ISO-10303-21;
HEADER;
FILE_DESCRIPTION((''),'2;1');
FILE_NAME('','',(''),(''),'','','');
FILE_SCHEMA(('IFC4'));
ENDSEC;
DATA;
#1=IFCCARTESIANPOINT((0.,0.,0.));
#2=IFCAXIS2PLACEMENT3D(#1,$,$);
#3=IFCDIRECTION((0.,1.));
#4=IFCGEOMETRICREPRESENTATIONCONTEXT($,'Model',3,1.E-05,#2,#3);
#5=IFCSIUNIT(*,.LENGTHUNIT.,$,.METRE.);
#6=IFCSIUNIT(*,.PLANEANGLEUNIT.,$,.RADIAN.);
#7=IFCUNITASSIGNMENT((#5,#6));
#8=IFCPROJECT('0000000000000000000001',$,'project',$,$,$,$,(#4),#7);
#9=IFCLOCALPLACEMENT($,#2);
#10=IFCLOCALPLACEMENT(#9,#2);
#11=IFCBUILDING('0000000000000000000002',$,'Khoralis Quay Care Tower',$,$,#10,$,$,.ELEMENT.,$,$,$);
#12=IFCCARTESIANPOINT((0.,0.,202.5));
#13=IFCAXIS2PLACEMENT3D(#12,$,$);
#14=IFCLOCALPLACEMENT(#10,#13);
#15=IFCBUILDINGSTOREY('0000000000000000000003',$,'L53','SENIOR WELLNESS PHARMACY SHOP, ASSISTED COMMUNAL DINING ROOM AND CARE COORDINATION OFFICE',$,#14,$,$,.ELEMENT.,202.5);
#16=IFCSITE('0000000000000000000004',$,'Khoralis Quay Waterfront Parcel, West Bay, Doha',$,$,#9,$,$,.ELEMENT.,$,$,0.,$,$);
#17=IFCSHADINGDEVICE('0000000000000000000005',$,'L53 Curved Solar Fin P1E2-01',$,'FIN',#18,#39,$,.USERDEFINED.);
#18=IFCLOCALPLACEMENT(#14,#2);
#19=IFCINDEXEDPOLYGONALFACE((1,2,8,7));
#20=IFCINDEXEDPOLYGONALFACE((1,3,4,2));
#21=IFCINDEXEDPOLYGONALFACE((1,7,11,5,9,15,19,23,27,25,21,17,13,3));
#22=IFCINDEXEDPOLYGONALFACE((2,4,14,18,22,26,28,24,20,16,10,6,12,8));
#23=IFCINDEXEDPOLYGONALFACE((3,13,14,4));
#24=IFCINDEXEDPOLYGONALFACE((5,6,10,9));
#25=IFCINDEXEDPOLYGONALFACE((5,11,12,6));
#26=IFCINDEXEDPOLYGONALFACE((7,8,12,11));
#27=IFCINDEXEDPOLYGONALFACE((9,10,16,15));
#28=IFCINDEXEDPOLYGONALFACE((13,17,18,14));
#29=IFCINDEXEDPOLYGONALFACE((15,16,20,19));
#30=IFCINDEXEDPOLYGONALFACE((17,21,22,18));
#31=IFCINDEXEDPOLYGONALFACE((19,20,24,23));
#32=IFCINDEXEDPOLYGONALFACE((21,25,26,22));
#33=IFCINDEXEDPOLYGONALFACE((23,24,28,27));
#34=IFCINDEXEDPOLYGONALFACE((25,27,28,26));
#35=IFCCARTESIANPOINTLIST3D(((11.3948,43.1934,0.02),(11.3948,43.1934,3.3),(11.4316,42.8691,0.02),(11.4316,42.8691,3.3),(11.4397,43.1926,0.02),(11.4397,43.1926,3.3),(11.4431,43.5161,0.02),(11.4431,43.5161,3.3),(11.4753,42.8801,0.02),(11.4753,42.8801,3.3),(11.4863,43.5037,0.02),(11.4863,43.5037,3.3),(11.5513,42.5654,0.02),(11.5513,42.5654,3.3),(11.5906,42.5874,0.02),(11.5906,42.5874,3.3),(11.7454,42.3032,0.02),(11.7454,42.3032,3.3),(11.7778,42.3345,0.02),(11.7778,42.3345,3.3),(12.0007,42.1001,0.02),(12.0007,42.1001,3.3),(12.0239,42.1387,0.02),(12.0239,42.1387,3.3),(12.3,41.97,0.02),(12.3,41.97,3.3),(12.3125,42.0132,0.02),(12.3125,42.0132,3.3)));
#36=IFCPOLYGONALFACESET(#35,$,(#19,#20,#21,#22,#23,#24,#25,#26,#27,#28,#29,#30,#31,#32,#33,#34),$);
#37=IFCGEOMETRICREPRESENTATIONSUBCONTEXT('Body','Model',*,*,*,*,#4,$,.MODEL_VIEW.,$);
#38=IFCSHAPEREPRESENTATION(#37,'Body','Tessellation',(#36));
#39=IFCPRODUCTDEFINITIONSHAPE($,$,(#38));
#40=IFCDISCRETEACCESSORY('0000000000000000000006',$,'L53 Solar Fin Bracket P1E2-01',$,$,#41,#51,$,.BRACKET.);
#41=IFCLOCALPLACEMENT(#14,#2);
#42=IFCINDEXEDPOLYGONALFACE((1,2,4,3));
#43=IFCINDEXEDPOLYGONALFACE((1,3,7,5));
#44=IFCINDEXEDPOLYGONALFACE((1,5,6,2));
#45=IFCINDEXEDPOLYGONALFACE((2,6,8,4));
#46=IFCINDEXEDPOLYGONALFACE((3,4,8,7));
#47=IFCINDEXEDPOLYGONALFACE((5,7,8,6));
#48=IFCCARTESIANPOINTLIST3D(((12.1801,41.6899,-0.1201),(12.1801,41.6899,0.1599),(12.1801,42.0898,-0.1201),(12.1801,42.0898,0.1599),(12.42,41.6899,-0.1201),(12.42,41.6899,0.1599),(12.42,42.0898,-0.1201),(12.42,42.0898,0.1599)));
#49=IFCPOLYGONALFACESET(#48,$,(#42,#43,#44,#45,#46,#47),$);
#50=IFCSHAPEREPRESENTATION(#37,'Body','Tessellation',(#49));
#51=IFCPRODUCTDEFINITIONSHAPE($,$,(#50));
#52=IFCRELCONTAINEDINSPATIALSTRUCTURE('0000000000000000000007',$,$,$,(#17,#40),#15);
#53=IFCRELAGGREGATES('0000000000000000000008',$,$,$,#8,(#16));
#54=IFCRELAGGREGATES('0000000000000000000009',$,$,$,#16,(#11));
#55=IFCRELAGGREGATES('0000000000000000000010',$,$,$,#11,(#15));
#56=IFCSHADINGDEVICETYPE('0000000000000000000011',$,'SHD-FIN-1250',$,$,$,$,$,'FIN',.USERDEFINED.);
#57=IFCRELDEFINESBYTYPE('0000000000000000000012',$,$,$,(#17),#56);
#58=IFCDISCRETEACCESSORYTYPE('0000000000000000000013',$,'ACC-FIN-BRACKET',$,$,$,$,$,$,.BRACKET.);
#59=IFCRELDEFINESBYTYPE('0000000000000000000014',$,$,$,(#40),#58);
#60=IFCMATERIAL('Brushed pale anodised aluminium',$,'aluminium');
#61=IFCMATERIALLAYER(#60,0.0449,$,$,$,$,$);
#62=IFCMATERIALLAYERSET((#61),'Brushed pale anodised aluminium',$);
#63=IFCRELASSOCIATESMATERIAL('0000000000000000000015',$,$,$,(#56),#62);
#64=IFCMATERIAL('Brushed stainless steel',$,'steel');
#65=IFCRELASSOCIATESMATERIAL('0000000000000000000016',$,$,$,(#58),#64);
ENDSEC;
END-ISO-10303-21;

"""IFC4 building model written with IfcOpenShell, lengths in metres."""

from ifc_helpers import new_model, si_unit, direction, frame, origin, origin_2d, place, context, subcontext, project, spatial, polyline, rectangle, outline, extrude, source, transform, mapped, material, layer, layer_set, type_object, element, save


model = new_model("IFC4")

# Units and contexts
model_context = context("Model", 3, precision=1e-05, world=origin(), true_north=direction((0.0, 1.0)))
body_context = subcontext(model_context, "Body", "Model", "MODEL_VIEW")
ifc_project = project(units=[si_unit("LENGTHUNIT", "METRE"), si_unit("PLANEANGLEUNIT", "RADIAN")], contexts=[model_context])

# Site, building, storey
site_placement = place(None, origin())
site = spatial("IfcSite", under=ifc_project, at=site_placement, Name="Khoralis Quay Waterfront Parcel, West Bay, Doha", CompositionType="ELEMENT", RefElevation=0.0)
building_placement = place(site_placement, origin())
building = spatial("IfcBuilding", under=site, at=building_placement, Name="Khoralis Quay Care Tower", CompositionType="ELEMENT")
storey_placement = place(building_placement, frame((0.0, 0.0, 202.5)))
storey = spatial("IfcBuildingStorey", under=building, at=storey_placement, Name="L53", Description="SENIOR WELLNESS PHARMACY SHOP, ASSISTED COMMUNAL DINING ROOM AND CARE COORDINATION OFFICE", CompositionType="ELEMENT", Elevation=202.5)

# Shading device
ifc_material_1 = material(Name="Brushed pale anodised aluminium", Category="aluminium")
ifc_layer_1 = layer(ifc_material_1, 0.0449)
ifc_layer_set_1 = layer_set([ifc_layer_1], Name="Brushed pale anodised aluminium")
shading_device_type = type_object("IfcShadingDeviceType", Name="SHD-FIN-1250", ElementType="FIN", PredefinedType="USERDEFINED", material=ifc_layer_set_1)
shared_shape_1 = source(origin(), body_context, "Body", "SweptSolid", [
    extrude(outline(polyline([(0.0, 0.0), (0.1301, 0.2993), (0.3333, 0.5547), (0.5955, 0.7488), (0.8992, 0.8684), (1.2234, 0.9053), (1.5461, 0.8569), (1.5337, 0.8137), (1.2227, 0.8604), (0.9102, 0.8247), (0.6174, 0.7095), (0.3645, 0.5222), (0.1687, 0.2761), (0.0432, -0.0125), (0.0, 0.0)])), origin(), (0.0, 0.0, 1.0), 3.28),
])
shading_device_placement = place(storey_placement, frame((12.3, 41.97, 0.02), z_axis=(0.0, 0.0, 1.0), x_axis=(0.0, 1.0, 0.0)))
element("IfcShadingDevice", 1, at=shading_device_placement, inside=storey, type_object=shading_device_type, Name="L53 Curved Solar Fin P1E2-01", ObjectType="FIN", PredefinedType="USERDEFINED", context=body_context, shape_type="MappedRepresentation", body=[
    mapped(shared_shape_1, transform((0.0, 0.0, 0.0), scale=1.0)),
])

# Discrete accessory
ifc_material_2 = material(Name="Brushed stainless steel", Category="steel")
discrete_accessory_type = type_object("IfcDiscreteAccessoryType", Name="ACC-FIN-BRACKET", PredefinedType="BRACKET", material=ifc_material_2)
shared_shape_2 = source(origin(), body_context, "Body", "SweptSolid", [
    extrude(rectangle(XDim=0.3999, YDim=0.24, at=origin_2d()), origin(), (0.0, 0.0, 1.0), 0.28),
])
discrete_accessory_placement = place(storey_placement, frame((12.3, 41.8899, -0.1201), z_axis=(0.0, 0.0, 1.0), x_axis=(0.0, 1.0, 0.0)))
element("IfcDiscreteAccessory", 2, at=discrete_accessory_placement, inside=storey, type_object=discrete_accessory_type, Name="L53 Solar Fin Bracket P1E2-01", PredefinedType="BRACKET", context=body_context, shape_type="MappedRepresentation", body=[
    mapped(shared_shape_2, transform((0.0, 0.0, 0.0), scale=1.0)),
])

save(model, "model.ifc")
